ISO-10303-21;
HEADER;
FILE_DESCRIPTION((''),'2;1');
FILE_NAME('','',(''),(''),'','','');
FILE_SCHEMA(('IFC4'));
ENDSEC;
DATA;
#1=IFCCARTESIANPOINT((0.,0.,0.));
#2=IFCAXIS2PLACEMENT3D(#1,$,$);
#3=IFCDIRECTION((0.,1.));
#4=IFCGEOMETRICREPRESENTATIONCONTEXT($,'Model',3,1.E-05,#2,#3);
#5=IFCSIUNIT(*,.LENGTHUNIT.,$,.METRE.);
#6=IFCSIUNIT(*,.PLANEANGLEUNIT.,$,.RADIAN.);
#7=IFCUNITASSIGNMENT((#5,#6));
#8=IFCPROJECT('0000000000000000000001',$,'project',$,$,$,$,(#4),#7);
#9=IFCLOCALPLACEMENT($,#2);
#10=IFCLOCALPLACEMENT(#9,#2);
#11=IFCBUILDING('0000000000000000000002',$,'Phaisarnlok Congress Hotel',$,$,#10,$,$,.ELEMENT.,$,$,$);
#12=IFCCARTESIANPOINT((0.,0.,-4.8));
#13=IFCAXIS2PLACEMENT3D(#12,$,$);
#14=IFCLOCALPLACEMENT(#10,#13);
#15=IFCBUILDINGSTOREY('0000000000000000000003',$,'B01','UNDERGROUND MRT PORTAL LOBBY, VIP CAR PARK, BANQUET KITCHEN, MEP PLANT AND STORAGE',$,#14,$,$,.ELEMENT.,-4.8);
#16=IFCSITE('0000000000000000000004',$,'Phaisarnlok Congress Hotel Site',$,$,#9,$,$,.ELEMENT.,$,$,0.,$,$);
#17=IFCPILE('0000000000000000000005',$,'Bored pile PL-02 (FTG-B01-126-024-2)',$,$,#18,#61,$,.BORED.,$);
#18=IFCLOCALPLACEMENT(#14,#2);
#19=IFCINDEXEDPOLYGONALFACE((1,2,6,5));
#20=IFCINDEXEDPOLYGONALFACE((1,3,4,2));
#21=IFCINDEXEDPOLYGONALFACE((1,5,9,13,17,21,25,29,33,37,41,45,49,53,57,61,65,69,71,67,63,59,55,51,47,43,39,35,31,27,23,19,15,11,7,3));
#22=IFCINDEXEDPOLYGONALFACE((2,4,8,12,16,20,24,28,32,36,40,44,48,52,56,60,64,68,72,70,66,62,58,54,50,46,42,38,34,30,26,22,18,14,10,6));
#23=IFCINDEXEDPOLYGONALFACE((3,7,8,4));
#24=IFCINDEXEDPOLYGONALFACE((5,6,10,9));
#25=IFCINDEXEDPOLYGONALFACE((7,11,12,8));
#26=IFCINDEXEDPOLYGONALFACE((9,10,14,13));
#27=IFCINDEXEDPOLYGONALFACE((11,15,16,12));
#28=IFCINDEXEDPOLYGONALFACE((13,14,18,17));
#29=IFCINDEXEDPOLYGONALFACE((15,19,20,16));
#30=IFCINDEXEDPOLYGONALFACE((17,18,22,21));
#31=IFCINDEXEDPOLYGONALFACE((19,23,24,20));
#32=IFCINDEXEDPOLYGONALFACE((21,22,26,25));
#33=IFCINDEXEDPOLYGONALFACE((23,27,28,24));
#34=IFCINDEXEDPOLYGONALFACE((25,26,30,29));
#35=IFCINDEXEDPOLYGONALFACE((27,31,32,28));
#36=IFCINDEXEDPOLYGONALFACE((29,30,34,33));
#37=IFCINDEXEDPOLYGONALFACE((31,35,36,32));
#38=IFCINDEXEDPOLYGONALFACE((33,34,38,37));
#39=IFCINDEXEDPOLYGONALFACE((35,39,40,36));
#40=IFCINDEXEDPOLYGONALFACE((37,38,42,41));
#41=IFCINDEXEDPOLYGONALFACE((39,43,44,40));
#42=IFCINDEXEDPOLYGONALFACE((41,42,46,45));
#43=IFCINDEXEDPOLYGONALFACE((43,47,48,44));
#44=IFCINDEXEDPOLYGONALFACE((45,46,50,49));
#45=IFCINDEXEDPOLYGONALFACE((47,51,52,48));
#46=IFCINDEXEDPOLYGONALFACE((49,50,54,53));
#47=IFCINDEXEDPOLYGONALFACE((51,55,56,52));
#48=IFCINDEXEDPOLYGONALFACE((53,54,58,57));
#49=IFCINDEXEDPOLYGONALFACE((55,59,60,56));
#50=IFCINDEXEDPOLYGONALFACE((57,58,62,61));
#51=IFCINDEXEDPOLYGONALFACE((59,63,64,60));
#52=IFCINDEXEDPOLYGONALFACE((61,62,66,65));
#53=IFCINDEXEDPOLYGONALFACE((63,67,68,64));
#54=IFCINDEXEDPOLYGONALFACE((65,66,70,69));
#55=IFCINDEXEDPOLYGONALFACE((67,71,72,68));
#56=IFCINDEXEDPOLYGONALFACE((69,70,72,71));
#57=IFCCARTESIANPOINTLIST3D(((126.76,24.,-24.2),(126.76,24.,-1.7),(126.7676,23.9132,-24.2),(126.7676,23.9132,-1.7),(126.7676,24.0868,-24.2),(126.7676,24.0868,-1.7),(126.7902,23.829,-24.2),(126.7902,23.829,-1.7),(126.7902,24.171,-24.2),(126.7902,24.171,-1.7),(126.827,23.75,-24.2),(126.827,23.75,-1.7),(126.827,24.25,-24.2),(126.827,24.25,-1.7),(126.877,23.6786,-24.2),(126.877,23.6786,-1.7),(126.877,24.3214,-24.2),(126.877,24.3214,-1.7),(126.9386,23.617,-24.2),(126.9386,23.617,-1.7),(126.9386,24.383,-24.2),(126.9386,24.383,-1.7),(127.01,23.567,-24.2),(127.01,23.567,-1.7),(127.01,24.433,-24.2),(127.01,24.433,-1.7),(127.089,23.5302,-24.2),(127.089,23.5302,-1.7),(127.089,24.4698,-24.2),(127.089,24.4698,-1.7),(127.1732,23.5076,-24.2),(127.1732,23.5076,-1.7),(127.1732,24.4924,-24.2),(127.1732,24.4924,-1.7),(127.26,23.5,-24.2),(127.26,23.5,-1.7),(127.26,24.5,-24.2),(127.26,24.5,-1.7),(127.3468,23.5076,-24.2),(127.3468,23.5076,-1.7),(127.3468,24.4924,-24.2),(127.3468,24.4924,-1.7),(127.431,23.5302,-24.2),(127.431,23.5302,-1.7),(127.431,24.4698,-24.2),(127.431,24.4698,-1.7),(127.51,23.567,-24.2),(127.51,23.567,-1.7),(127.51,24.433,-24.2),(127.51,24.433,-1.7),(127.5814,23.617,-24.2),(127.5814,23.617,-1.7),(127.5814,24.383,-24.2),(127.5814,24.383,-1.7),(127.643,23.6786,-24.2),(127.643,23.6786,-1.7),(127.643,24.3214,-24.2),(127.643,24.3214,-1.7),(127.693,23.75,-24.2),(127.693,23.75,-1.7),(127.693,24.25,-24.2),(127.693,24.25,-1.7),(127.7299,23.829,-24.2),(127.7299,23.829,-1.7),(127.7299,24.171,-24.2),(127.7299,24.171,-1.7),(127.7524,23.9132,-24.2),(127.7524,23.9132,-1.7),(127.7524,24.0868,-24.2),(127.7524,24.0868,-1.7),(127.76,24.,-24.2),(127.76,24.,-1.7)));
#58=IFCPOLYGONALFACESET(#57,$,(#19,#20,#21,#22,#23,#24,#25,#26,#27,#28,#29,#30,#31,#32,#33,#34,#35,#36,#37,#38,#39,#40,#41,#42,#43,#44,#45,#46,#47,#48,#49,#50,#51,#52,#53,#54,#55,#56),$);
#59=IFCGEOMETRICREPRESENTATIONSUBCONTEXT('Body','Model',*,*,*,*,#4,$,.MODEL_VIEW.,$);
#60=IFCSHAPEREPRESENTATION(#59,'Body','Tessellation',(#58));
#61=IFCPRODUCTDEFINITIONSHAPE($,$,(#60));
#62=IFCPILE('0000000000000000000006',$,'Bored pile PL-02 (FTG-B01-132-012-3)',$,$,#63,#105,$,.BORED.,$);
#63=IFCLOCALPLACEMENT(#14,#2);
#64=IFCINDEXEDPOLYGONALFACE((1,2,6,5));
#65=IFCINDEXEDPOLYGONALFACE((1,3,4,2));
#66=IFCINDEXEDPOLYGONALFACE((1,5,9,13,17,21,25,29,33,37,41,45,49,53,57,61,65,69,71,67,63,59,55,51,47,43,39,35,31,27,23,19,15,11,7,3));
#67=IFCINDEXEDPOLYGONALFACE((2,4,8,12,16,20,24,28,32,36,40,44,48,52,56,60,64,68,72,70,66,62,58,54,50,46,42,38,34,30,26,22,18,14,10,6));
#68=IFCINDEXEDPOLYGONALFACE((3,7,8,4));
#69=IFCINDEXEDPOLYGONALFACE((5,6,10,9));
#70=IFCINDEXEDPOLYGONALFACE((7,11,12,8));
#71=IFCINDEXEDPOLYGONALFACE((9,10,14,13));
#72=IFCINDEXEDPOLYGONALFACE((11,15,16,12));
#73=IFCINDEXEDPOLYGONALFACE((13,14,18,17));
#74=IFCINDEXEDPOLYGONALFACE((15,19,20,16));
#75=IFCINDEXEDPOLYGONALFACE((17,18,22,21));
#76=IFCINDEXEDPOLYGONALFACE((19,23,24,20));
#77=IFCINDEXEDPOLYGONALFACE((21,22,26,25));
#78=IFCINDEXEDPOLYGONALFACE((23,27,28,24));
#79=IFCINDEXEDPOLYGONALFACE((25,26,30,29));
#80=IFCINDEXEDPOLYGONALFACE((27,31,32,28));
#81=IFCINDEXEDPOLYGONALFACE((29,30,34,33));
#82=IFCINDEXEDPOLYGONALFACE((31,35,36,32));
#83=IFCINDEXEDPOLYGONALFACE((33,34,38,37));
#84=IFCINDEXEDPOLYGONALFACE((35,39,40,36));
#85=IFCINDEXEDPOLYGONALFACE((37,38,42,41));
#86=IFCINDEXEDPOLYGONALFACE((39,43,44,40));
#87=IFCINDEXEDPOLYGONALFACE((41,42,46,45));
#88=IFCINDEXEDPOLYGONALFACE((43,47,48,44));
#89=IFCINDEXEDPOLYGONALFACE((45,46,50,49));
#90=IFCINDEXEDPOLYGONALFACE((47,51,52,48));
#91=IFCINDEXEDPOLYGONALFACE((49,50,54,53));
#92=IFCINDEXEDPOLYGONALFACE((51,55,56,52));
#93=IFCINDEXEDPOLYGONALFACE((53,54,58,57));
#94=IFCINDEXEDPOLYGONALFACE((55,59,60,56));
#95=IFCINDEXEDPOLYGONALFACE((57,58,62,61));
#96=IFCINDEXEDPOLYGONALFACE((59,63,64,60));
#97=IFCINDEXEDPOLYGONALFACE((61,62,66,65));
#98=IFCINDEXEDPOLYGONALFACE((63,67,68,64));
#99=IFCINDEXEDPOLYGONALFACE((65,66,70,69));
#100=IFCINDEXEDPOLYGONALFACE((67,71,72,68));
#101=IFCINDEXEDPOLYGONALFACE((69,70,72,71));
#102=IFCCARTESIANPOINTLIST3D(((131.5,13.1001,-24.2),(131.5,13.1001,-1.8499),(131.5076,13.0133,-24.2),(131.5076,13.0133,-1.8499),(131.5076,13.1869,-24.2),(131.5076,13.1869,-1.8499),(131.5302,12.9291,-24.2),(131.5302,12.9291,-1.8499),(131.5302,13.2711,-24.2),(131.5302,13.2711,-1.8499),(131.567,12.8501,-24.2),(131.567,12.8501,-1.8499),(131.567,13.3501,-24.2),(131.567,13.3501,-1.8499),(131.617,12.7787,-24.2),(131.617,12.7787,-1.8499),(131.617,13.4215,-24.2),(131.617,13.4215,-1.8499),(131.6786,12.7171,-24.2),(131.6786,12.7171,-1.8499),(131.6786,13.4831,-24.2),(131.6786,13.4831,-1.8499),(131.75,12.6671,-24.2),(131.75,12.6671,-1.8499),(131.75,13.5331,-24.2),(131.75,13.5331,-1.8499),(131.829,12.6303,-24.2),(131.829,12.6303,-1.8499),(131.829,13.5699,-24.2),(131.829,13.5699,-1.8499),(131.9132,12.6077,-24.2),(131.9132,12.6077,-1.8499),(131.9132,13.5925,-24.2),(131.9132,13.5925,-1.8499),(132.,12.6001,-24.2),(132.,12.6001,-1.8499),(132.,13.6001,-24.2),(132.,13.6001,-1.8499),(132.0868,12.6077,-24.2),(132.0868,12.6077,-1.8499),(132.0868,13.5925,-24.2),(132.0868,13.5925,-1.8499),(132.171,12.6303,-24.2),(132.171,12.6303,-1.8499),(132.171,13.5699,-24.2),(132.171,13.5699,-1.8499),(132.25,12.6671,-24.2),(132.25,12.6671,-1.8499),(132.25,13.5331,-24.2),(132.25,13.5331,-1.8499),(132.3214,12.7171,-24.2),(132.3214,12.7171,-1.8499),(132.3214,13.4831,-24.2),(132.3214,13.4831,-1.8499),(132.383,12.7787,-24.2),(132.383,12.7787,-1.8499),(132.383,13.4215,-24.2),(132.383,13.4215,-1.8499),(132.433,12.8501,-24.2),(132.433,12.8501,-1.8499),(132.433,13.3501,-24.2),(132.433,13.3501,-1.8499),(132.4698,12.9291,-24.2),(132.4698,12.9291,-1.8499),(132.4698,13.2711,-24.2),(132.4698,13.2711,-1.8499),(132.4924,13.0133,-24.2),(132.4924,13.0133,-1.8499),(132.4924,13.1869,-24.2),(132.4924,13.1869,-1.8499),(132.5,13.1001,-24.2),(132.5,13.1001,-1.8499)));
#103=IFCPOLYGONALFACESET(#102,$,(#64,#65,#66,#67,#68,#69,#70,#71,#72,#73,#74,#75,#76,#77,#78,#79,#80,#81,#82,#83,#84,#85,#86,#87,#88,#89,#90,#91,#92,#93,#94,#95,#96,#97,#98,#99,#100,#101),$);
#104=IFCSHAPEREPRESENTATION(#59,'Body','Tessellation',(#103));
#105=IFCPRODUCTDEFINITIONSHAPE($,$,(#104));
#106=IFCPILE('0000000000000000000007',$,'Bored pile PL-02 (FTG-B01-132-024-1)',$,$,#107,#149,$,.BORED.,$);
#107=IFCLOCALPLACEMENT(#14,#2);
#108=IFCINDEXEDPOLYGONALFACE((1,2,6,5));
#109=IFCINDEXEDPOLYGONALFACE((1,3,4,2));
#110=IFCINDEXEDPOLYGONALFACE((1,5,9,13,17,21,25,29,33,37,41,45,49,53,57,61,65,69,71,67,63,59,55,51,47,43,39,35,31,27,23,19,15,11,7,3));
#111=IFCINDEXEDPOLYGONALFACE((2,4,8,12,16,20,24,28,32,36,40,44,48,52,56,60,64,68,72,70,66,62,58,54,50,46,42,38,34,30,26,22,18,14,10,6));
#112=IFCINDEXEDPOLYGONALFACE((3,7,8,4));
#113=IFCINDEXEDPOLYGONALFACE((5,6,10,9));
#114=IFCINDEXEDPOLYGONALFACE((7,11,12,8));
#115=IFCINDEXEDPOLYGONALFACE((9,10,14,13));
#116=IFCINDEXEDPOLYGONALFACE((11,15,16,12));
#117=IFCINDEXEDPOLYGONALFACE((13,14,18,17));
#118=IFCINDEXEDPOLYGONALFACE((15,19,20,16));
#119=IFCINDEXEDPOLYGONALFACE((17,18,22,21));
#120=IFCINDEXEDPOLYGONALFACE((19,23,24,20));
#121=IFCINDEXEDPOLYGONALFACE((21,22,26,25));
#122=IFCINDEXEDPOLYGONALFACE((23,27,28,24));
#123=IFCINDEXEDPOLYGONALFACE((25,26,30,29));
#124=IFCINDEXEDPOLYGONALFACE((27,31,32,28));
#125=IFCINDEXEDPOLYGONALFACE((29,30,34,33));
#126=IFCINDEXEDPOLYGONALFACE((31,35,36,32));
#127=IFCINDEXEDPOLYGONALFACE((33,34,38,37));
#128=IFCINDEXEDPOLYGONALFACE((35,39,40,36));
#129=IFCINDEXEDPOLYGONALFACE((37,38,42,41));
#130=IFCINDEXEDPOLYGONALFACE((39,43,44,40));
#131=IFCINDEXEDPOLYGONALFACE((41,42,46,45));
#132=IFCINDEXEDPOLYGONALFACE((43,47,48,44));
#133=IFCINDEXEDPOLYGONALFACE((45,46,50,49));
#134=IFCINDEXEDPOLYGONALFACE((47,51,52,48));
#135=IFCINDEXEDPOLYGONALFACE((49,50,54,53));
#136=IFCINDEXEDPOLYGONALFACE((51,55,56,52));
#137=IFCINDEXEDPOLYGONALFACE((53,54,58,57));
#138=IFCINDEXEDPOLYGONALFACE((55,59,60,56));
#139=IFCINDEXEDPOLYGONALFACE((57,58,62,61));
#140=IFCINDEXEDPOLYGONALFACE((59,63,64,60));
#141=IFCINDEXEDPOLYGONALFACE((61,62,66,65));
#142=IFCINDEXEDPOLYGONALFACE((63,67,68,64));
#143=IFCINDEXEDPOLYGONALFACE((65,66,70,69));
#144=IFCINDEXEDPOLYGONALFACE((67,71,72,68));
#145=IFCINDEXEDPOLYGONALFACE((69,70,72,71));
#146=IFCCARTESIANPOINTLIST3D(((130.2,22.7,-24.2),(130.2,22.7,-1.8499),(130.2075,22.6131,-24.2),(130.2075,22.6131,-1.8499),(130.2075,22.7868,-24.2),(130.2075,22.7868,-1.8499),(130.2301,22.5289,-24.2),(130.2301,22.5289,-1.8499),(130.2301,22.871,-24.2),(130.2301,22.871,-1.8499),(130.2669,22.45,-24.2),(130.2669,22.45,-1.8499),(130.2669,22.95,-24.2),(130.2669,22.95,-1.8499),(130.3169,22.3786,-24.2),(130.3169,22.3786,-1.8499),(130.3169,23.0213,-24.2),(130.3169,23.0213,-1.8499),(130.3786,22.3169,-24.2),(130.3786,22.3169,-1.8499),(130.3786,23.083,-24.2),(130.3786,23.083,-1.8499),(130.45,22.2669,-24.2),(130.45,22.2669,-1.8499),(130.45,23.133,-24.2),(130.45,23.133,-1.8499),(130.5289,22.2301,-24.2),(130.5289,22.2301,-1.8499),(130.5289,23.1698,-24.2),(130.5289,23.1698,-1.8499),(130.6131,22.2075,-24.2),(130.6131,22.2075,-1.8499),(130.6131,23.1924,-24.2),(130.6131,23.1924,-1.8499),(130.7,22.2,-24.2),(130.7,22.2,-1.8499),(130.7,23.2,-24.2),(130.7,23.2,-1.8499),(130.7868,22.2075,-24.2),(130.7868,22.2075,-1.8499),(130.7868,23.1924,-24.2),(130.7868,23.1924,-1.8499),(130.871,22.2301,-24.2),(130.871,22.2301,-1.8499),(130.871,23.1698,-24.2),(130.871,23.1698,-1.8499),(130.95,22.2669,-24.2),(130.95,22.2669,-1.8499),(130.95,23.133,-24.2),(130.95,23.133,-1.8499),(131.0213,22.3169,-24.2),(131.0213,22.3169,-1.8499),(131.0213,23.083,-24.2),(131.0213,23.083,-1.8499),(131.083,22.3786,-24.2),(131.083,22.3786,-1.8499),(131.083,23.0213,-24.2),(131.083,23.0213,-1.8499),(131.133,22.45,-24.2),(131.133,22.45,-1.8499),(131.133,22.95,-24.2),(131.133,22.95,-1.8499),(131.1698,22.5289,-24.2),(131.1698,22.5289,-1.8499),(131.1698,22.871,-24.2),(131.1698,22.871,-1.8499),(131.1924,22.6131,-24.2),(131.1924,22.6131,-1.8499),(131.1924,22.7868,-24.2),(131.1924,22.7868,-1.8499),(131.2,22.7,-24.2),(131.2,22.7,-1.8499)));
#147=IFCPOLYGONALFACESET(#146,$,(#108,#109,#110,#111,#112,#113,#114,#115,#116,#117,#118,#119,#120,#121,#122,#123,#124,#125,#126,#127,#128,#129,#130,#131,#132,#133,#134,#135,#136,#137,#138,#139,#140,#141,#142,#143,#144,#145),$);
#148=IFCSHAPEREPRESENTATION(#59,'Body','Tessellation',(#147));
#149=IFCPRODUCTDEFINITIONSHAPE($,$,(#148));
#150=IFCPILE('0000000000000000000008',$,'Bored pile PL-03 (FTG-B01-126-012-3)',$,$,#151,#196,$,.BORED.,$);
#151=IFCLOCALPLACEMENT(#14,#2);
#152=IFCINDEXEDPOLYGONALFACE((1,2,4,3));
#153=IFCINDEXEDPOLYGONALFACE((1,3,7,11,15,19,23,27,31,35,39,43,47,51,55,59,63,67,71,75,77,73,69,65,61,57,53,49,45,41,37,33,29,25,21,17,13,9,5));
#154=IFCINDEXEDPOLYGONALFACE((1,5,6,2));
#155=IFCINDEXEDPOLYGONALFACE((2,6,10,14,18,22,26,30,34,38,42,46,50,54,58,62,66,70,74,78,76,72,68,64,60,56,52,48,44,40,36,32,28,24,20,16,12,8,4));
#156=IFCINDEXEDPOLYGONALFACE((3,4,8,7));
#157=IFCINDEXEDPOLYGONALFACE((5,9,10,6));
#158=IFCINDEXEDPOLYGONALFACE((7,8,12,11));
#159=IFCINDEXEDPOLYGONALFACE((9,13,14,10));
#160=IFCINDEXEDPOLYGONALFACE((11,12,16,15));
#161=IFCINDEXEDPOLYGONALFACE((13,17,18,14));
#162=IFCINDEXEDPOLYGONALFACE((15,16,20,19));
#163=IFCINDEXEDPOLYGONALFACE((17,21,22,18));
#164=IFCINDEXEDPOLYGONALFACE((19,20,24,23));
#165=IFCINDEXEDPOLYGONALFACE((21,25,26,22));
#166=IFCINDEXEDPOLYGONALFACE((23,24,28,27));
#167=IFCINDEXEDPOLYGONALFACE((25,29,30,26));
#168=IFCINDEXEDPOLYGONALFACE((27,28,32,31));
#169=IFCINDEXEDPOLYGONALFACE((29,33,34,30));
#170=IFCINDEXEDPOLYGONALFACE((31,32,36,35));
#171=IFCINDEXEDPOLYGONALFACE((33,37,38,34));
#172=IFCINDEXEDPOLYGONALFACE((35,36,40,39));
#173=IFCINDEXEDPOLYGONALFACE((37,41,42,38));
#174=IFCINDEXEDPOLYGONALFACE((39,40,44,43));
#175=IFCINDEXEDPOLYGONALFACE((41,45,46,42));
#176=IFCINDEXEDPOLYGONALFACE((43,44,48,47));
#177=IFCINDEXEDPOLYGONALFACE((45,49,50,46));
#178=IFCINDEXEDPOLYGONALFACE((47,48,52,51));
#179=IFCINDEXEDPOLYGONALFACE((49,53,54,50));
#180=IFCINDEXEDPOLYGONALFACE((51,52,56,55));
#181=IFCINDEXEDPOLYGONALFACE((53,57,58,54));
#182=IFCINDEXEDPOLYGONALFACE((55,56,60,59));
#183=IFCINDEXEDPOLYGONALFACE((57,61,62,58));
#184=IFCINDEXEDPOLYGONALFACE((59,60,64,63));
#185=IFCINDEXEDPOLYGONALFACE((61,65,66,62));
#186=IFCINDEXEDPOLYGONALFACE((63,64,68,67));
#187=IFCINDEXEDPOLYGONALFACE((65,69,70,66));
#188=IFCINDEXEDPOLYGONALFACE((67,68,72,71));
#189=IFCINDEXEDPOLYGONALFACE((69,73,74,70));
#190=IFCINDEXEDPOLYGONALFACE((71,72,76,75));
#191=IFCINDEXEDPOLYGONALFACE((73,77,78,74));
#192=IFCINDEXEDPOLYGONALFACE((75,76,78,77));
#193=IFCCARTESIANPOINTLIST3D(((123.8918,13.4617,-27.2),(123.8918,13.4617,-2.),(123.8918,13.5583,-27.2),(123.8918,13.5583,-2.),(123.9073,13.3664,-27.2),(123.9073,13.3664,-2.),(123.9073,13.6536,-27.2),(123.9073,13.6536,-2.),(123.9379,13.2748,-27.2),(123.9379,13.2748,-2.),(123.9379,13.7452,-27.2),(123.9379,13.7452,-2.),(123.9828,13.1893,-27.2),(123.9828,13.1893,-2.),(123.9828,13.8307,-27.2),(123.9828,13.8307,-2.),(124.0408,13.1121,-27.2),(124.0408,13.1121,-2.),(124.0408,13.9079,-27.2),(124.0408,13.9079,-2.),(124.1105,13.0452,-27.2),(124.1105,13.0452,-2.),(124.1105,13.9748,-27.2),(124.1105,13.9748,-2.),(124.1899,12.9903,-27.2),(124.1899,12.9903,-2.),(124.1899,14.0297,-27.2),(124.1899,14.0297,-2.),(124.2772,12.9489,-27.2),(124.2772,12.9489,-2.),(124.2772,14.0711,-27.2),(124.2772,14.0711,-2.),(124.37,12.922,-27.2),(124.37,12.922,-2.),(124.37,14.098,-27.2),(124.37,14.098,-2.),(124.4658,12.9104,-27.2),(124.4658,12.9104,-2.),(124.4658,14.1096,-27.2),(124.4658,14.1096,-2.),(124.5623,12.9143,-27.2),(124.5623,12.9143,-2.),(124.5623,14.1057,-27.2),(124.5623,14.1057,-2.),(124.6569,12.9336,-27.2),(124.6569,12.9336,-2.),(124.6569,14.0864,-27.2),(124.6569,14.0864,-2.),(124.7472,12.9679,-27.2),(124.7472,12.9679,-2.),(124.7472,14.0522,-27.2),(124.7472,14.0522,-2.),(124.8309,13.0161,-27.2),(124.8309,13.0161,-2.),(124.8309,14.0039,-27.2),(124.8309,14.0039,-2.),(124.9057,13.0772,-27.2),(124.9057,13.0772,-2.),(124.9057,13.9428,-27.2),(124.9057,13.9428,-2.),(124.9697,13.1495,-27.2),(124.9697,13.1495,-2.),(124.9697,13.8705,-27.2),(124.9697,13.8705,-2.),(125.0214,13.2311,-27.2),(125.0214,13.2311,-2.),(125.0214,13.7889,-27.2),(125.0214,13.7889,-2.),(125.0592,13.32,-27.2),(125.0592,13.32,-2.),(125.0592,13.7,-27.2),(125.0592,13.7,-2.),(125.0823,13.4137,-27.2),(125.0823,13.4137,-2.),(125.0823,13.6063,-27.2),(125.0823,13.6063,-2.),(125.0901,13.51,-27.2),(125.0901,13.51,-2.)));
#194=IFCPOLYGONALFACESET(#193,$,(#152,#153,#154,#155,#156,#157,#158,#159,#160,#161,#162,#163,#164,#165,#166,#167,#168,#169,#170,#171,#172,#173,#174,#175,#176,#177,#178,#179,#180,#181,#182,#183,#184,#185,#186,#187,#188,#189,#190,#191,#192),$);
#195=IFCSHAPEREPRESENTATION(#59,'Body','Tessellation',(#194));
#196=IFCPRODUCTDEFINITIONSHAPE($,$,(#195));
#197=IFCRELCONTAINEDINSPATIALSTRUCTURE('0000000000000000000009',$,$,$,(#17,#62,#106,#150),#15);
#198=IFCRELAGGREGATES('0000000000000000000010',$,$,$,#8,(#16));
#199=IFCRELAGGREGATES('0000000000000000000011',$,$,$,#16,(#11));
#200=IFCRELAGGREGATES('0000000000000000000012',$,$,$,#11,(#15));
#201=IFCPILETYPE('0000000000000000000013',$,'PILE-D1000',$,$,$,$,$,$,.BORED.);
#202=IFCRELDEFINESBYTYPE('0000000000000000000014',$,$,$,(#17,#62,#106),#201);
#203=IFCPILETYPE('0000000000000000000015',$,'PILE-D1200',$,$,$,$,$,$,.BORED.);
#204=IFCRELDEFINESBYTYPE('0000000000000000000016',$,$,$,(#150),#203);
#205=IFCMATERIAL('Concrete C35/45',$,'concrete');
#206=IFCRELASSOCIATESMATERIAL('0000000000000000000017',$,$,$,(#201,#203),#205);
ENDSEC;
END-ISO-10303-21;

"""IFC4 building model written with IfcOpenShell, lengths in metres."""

from ifc_helpers import new_model, si_unit, direction, frame, origin, origin_2d, place, context, subcontext, project, spatial, circle, extrude, material, material_profile, profile_set, type_object, element, save


model = new_model("IFC4")

# Units and contexts
model_context = context("Model", 3, precision=1e-05, world=origin(), true_north=direction((0.0, 1.0)))
body_context = subcontext(model_context, "Body", "Model", "MODEL_VIEW")
ifc_project = project(units=[si_unit("LENGTHUNIT", "METRE"), si_unit("PLANEANGLEUNIT", "RADIAN")], contexts=[model_context])

# Site, building, storey
site_placement = place(None, origin())
site = spatial("IfcSite", under=ifc_project, at=site_placement, Name="Phaisarnlok Congress Hotel Site", CompositionType="ELEMENT", RefElevation=0.0)
building_placement = place(site_placement, origin())
building = spatial("IfcBuilding", under=site, at=building_placement, Name="Phaisarnlok Congress Hotel", CompositionType="ELEMENT")
storey_placement = place(building_placement, frame((0.0, 0.0, -4.8)))
storey = spatial("IfcBuildingStorey", under=building, at=storey_placement, Name="B01", Description="UNDERGROUND MRT PORTAL LOBBY, VIP CAR PARK, BANQUET KITCHEN, MEP PLANT AND STORAGE", CompositionType="ELEMENT", Elevation=-4.8)

# Piles
ifc_material_1 = material(Name="Concrete C35/45", Category="concrete")
ifc_material_profile_1 = material_profile(ifc_material_1, circle(Radius=0.5, at=origin_2d()), Name="BORED PILE D1000")
ifc_profile_set_1 = profile_set([ifc_material_profile_1], Name="Concrete C35/45")
pile_type_1 = type_object("IfcPileType", Name="PILE-D1000", PredefinedType="BORED", material=ifc_profile_set_1)
for number, where, z_axis, x_axis, name in (
    (1, (127.26, 24.0, -1.7), (0.0, 0.0, -1.0), (1.0, 0.0, 0.0), "Bored pile PL-02 (FTG-B01-126-024-2)"),
):
    element("IfcPile", number, at=place(storey_placement, frame(where, z_axis=z_axis, x_axis=x_axis)), inside=storey, type_object=pile_type_1, Name=name, PredefinedType="BORED", context=body_context, shape_type="SweptSolid", body=[
        extrude(circle(Radius=0.5, at=origin_2d()), origin(), (0.0, 0.0, 1.0), 22.5),
    ])
for number, where, z_axis, x_axis, name in (
    (2, (132.0, 13.1001, -1.8499), (0.0, 0.0, -1.0), (1.0, 0.0, 0.0), "Bored pile PL-02 (FTG-B01-132-012-3)"),
    (3, (130.7, 22.7, -1.8499), (0.0, 0.0, -1.0), (1.0, 0.0, 0.0), "Bored pile PL-02 (FTG-B01-132-024-1)"),
):
    element("IfcPile", number, at=place(storey_placement, frame(where, z_axis=z_axis, x_axis=x_axis)), inside=storey, type_object=pile_type_1, Name=name, PredefinedType="BORED", context=body_context, shape_type="SweptSolid", body=[
        extrude(circle(Radius=0.5, at=origin_2d()), origin(), (0.0, 0.0, 1.0), 22.3501),
    ])
ifc_material_profile_2 = material_profile(ifc_material_1, circle(Radius=0.6001, at=origin_2d()), Name="BORED PILE D1200")
ifc_profile_set_2 = profile_set([ifc_material_profile_2], Name="Concrete C35/45")
pile_type_2 = type_object("IfcPileType", Name="PILE-D1200", PredefinedType="BORED", material=ifc_profile_set_2)
for number, where, z_axis, x_axis, name in (
    (4, (124.49, 13.51, -2.0), (0.0, 0.0, -1.0), (1.0, 0.0, 0.0), "Bored pile PL-03 (FTG-B01-126-012-3)"),
):
    element("IfcPile", number, at=place(storey_placement, frame(where, z_axis=z_axis, x_axis=x_axis)), inside=storey, type_object=pile_type_2, Name=name, PredefinedType="BORED", context=body_context, shape_type="SweptSolid", body=[
        extrude(circle(Radius=0.6001, at=origin_2d()), origin(), (0.0, 0.0, 1.0), 25.2),
    ])

save(model, "model.ifc")
